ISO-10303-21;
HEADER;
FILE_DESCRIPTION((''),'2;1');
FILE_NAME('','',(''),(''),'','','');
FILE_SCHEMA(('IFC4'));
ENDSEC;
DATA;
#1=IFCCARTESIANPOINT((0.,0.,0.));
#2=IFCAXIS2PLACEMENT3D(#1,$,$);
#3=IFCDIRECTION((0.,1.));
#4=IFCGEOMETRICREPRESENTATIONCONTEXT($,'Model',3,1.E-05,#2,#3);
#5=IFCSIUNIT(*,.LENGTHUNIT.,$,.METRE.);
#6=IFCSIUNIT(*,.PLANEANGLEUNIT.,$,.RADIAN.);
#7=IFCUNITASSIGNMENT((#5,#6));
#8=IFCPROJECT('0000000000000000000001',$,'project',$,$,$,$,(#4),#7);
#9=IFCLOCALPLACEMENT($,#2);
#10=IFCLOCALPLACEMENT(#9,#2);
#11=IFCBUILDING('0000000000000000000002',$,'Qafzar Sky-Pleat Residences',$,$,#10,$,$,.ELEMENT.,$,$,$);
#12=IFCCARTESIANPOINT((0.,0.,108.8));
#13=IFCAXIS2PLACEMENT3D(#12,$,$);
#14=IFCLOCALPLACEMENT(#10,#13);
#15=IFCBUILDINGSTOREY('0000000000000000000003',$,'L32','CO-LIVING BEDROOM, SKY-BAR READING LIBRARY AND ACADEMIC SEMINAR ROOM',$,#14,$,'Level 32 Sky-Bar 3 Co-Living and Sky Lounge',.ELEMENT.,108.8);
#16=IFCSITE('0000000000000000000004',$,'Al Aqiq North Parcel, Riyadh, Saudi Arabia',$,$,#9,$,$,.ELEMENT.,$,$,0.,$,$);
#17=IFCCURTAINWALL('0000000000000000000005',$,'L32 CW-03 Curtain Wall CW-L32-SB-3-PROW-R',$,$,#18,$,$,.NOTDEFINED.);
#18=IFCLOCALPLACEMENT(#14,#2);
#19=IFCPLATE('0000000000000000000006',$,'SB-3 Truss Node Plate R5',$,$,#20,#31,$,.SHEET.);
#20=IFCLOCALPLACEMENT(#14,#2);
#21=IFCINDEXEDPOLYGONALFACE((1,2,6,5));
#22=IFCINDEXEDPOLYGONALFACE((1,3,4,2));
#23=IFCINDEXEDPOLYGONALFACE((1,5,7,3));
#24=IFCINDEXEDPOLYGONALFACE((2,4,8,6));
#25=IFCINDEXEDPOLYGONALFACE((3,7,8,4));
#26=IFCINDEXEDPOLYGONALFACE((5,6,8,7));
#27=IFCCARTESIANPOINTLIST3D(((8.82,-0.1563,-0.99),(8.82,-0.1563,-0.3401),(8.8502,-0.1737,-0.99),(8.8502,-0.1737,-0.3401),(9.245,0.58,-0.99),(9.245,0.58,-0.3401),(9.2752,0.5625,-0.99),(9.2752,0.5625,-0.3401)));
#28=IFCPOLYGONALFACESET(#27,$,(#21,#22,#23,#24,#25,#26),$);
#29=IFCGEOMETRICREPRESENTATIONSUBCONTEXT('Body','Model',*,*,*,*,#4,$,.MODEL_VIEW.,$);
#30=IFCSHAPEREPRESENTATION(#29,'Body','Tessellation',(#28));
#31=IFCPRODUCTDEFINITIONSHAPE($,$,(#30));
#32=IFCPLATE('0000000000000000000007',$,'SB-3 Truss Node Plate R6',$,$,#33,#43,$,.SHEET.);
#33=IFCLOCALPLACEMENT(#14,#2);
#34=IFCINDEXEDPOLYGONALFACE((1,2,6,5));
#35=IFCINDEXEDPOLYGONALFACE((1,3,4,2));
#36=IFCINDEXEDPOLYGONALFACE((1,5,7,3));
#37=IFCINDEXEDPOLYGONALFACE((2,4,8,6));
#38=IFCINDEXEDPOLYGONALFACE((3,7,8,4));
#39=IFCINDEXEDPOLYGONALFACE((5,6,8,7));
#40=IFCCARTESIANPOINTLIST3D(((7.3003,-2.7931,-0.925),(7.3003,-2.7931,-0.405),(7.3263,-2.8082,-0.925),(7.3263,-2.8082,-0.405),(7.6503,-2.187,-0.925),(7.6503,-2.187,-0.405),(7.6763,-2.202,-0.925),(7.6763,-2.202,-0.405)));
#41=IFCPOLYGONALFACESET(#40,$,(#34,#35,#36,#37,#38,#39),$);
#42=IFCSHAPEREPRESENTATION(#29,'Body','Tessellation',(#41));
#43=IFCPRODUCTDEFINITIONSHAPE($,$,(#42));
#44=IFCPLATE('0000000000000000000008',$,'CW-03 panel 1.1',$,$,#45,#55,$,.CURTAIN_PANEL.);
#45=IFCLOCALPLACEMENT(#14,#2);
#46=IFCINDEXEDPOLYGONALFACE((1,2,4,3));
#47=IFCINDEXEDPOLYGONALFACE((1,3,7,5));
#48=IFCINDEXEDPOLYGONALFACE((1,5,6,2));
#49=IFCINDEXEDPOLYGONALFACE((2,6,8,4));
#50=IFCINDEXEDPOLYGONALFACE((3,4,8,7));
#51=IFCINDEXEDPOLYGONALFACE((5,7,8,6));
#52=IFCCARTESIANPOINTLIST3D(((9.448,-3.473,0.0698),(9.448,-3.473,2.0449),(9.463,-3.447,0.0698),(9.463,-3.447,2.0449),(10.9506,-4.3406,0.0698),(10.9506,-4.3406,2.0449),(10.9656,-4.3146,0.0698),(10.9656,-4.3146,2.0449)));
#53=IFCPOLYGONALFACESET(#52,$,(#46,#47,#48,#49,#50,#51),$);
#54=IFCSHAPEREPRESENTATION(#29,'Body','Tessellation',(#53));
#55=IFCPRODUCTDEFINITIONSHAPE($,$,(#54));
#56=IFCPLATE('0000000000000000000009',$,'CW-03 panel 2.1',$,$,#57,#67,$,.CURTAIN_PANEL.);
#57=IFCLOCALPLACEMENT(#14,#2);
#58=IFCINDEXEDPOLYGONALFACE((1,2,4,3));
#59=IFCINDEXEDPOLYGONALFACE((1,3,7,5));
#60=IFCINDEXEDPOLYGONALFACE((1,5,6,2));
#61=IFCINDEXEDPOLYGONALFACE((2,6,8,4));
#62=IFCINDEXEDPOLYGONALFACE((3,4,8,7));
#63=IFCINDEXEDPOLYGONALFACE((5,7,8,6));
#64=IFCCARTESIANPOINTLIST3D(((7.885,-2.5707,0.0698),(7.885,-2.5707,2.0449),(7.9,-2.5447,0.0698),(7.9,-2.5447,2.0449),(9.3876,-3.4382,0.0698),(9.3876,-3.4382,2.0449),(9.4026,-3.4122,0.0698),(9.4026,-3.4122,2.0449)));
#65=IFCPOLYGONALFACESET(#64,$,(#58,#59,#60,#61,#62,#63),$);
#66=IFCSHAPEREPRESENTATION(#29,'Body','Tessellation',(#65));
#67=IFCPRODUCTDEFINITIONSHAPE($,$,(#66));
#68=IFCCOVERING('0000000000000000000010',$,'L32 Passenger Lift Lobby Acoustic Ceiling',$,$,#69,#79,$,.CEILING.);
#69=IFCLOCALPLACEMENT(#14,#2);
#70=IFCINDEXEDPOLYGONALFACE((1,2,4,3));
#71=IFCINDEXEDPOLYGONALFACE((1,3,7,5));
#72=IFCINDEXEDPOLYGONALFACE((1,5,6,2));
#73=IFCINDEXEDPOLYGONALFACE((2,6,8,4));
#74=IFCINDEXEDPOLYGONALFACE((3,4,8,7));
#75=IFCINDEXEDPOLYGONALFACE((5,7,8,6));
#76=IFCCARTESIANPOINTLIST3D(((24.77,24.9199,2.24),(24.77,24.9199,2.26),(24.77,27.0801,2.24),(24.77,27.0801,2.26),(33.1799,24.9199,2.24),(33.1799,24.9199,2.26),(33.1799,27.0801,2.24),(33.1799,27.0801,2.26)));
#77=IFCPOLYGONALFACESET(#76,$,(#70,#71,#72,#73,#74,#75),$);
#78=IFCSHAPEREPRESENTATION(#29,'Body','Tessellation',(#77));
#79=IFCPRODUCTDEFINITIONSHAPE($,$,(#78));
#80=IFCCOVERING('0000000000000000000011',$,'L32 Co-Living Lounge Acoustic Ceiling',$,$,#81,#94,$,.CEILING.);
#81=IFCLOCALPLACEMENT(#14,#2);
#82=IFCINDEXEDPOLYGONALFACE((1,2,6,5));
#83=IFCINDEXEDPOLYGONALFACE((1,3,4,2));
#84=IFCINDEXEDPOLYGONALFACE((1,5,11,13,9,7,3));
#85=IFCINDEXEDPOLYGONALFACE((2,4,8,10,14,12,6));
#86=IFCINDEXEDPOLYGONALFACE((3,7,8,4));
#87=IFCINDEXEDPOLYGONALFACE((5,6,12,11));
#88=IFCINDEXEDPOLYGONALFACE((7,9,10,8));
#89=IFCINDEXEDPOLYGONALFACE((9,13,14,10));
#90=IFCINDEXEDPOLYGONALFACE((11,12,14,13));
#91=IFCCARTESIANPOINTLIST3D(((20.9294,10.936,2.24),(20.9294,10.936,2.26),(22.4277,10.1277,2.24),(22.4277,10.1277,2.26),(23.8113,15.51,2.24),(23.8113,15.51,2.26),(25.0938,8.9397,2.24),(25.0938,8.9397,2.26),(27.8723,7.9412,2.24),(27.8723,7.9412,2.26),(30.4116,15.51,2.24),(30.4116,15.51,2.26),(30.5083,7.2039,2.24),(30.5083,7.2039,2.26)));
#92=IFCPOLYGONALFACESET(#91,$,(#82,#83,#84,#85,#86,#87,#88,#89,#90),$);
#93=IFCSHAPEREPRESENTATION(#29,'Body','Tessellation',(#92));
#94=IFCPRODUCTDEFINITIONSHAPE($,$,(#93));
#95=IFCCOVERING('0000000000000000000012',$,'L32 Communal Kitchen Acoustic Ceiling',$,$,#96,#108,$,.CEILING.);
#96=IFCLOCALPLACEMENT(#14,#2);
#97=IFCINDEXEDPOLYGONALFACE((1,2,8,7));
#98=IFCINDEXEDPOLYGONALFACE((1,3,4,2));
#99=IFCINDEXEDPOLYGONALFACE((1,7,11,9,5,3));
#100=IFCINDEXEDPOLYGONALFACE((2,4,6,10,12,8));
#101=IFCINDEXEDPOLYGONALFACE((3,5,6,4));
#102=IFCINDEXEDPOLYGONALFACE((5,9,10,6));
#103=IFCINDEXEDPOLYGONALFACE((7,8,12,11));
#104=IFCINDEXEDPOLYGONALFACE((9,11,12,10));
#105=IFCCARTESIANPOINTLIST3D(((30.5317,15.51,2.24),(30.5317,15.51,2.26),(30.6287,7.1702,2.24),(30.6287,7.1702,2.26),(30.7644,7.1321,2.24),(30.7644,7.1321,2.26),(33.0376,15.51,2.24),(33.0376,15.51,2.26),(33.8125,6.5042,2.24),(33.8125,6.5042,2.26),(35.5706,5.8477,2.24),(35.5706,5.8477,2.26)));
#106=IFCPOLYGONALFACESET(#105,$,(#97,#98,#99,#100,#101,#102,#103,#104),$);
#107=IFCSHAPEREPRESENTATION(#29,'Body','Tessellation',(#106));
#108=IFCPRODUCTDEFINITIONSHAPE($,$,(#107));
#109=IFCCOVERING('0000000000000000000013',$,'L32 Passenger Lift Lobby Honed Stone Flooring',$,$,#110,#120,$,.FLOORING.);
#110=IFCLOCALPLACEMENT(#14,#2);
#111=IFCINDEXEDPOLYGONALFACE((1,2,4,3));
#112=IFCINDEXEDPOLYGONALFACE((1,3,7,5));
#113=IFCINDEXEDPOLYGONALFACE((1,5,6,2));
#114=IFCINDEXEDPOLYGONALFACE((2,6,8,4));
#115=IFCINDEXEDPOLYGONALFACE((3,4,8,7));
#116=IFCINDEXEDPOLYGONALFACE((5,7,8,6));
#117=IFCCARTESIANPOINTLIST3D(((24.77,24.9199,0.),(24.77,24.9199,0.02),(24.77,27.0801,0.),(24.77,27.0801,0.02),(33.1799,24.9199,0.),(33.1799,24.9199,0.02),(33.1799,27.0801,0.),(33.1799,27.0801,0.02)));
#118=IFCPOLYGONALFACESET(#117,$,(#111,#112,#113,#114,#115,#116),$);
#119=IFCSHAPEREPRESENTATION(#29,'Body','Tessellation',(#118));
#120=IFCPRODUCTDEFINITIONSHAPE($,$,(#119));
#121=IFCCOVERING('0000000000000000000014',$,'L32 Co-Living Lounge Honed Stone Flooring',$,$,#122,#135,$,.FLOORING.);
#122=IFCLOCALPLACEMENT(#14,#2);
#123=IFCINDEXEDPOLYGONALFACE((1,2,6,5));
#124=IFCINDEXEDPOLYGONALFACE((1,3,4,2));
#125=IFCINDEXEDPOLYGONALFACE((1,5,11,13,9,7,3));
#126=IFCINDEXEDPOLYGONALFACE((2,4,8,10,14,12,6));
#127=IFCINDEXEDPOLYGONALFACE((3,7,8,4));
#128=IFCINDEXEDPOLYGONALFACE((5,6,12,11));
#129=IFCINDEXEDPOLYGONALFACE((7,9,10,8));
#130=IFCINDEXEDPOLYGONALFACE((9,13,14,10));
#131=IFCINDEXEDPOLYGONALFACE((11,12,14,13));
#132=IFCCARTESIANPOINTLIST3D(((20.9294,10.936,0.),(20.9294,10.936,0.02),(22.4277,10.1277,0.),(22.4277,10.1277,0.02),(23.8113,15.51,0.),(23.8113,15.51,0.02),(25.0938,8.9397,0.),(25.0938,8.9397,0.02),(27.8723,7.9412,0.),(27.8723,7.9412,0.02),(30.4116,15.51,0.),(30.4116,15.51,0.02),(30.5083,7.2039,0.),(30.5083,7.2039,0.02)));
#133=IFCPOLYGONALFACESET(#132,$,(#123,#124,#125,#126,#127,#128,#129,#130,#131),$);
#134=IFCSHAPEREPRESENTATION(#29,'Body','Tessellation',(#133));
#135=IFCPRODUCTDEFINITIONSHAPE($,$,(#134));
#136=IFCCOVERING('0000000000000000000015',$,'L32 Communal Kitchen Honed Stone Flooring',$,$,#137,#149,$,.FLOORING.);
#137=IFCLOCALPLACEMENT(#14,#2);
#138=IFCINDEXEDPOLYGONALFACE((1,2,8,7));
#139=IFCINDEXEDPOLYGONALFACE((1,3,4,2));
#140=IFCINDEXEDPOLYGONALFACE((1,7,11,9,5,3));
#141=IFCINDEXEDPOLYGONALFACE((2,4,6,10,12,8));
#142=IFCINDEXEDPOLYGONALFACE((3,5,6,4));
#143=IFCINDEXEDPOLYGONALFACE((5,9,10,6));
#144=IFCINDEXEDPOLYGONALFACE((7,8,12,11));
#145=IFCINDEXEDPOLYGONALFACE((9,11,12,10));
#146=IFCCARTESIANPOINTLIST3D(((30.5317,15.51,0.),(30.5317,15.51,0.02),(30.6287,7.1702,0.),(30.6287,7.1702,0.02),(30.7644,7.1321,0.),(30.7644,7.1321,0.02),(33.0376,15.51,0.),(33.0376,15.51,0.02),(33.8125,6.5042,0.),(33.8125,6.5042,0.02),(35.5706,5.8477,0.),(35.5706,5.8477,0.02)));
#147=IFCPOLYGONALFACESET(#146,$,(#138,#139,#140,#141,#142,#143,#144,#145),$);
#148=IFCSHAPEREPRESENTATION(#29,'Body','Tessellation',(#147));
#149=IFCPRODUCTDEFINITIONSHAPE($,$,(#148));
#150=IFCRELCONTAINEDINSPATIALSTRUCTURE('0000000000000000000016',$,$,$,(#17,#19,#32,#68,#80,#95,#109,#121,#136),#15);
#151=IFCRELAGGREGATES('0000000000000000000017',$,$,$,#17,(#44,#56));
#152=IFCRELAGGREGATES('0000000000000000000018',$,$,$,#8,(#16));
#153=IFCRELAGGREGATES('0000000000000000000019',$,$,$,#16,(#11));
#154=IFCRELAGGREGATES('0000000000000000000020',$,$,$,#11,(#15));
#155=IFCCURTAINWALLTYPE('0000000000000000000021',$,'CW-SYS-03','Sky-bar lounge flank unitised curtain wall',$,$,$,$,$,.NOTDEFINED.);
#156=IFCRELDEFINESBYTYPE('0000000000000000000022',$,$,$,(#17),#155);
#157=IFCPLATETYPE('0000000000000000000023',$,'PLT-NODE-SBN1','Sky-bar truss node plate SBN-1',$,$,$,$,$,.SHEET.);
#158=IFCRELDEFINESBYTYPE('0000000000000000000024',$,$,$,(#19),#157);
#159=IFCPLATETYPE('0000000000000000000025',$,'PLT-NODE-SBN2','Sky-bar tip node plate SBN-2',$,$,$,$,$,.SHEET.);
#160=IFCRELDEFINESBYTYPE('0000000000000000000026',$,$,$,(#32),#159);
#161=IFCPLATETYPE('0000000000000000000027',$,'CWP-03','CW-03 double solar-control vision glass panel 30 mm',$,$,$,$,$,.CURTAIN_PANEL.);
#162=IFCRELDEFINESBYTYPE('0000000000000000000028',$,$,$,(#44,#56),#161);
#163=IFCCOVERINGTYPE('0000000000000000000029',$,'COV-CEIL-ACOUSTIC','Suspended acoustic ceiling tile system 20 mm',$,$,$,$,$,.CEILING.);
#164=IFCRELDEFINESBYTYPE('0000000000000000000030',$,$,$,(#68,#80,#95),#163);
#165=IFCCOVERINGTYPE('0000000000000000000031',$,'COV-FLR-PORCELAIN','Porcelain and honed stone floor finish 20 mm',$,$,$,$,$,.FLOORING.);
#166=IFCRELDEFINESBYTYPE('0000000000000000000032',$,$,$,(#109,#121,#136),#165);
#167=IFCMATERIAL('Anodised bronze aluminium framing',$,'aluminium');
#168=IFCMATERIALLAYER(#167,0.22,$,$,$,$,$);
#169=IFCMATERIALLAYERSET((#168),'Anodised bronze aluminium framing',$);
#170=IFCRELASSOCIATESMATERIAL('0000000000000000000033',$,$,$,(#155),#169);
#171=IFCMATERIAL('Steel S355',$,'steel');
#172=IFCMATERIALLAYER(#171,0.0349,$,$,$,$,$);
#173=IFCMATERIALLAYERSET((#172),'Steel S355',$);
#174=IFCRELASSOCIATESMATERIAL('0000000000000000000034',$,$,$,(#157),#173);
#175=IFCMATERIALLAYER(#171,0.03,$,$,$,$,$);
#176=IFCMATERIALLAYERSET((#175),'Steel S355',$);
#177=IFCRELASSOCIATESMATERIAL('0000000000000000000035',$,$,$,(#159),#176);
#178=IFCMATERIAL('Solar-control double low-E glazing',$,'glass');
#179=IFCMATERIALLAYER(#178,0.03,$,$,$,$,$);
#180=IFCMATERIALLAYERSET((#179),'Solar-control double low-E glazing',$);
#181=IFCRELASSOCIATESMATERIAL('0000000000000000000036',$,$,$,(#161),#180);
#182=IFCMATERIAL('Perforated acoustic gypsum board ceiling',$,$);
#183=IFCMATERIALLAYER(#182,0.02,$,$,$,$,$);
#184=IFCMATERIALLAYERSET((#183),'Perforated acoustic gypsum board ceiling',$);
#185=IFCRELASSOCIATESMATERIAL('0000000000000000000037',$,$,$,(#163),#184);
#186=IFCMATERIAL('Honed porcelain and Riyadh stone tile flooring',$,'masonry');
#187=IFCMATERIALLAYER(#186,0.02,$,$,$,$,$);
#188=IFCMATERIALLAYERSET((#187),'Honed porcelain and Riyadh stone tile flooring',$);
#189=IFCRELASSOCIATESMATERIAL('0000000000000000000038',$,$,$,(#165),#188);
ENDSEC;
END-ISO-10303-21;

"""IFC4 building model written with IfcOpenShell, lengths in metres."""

from ifc_helpers import new_model, si_unit, direction, frame, origin, origin_2d, place, context, subcontext, project, spatial, polyline, rectangle, outline, extrude, source, transform, mapped, material, layer, layer_set, type_object, element, aggregate, save


model = new_model("IFC4")

# Units and contexts
model_context = context("Model", 3, precision=1e-05, world=origin(), true_north=direction((0.0, 1.0)))
body_context = subcontext(model_context, "Body", "Model", "MODEL_VIEW")
ifc_project = project(units=[si_unit("LENGTHUNIT", "METRE"), si_unit("PLANEANGLEUNIT", "RADIAN")], contexts=[model_context])

# Site, building, storey
site_placement = place(None, origin())
site = spatial("IfcSite", under=ifc_project, at=site_placement, Name="Al Aqiq North Parcel, Riyadh, Saudi Arabia", CompositionType="ELEMENT", RefElevation=0.0)
building_placement = place(site_placement, origin())
building = spatial("IfcBuilding", under=site, at=building_placement, Name="Qafzar Sky-Pleat Residences", CompositionType="ELEMENT")
storey_placement = place(building_placement, frame((0.0, 0.0, 108.8)))
storey = spatial("IfcBuildingStorey", under=building, at=storey_placement, Name="L32", Description="CO-LIVING BEDROOM, SKY-BAR READING LIBRARY AND ACADEMIC SEMINAR ROOM", LongName="Level 32 Sky-Bar 3 Co-Living and Sky Lounge", CompositionType="ELEMENT", Elevation=108.8)

# Curtain wall
ifc_material_1 = material(Name="Anodised bronze aluminium framing", Category="aluminium")
ifc_layer_1 = layer(ifc_material_1, 0.22)
ifc_layer_set_1 = layer_set([ifc_layer_1], Name="Anodised bronze aluminium framing")
curtain_wall_type = type_object("IfcCurtainWallType", Name="CW-SYS-03", Description="Sky-bar lounge flank unitised curtain wall", PredefinedType="NOTDEFINED", material=ifc_layer_set_1)
curtain_wall_placement = place(storey_placement, origin())
curtain_wall = element("IfcCurtainWall", 1, at=curtain_wall_placement, inside=storey, type_object=curtain_wall_type, Name="L32 CW-03 Curtain Wall CW-L32-SB-3-PROW-R", PredefinedType="NOTDEFINED")

# Plates
ifc_material_2 = material(Name="Steel S355", Category="steel")
ifc_layer_2 = layer(ifc_material_2, 0.0349)
ifc_layer_set_2 = layer_set([ifc_layer_2], Name="Steel S355")
plate_type_1 = type_object("IfcPlateType", Name="PLT-NODE-SBN1", Description="Sky-bar truss node plate SBN-1", PredefinedType="SHEET", material=ifc_layer_set_2)
shared_shape_1 = source(origin(), body_context, "Body", "SweptSolid", [
    extrude(rectangle(XDim=0.8501, YDim=0.0349, at=origin_2d()), origin(), (0.0, 0.0, 1.0), 0.6499),
])
plate_1_placement = place(storey_placement, frame((9.0476, 0.2031, -0.99), z_axis=(0.0, 0.0, 1.0), x_axis=(-0.5, -0.866025, 0.0)))
element("IfcPlate", 2, at=plate_1_placement, inside=storey, type_object=plate_type_1, Name="SB-3 Truss Node Plate R5", PredefinedType="SHEET", context=body_context, shape_type="MappedRepresentation", body=[
    mapped(shared_shape_1, transform((0.0, 0.0, 0.0), x_axis=(1.0, 0.0, 0.0), y_axis=(0.0, 1.0, 0.0), z_axis=(0.0, 0.0, 1.0), scale=1.0)),
])
ifc_layer_3 = layer(ifc_material_2, 0.03)
ifc_layer_set_3 = layer_set([ifc_layer_3], Name="Steel S355")
plate_type_2 = type_object("IfcPlateType", Name="PLT-NODE-SBN2", Description="Sky-bar tip node plate SBN-2", PredefinedType="SHEET", material=ifc_layer_set_3)
shared_shape_2 = source(origin(), body_context, "Body", "SweptSolid", [
    extrude(rectangle(XDim=0.7, YDim=0.03, at=origin_2d()), origin(), (0.0, 0.0, 1.0), 0.52),
])
plate_2_placement = place(storey_placement, frame((7.4883, -2.4976, -0.925), z_axis=(0.0, 0.0, 1.0), x_axis=(-0.5, -0.866025, 0.0)))
element("IfcPlate", 3, at=plate_2_placement, inside=storey, type_object=plate_type_2, Name="SB-3 Truss Node Plate R6", PredefinedType="SHEET", context=body_context, shape_type="MappedRepresentation", body=[
    mapped(shared_shape_2, transform((0.0, 0.0, 0.0), x_axis=(1.0, 0.0, 0.0), y_axis=(0.0, 1.0, 0.0), z_axis=(0.0, 0.0, 1.0), scale=1.0)),
])

# Plates
ifc_material_3 = material(Name="Solar-control double low-E glazing", Category="glass")
ifc_layer_4 = layer(ifc_material_3, 0.03)
ifc_layer_set_4 = layer_set([ifc_layer_4], Name="Solar-control double low-E glazing")
plate_type_3 = type_object("IfcPlateType", Name="CWP-03", Description="CW-03 double solar-control vision glass panel 30 mm", PredefinedType="CURTAIN_PANEL", material=ifc_layer_set_4)
shared_shape_3 = source(origin(), body_context, "Body", "SweptSolid", [
    extrude(rectangle(XDim=1.7351, YDim=0.03, at=origin_2d()), origin(), (0.0, 0.0, 1.0), 1.9751),
])
plate_3_placement = place(storey_placement, frame((10.2068, -3.8938, 0.0698), z_axis=(0.0, 0.0, 1.0), x_axis=(-0.866027, 0.499997, 0.0)))
plate_3 = element("IfcPlate", 4, at=plate_3_placement, type_object=plate_type_3, Name="CW-03 panel 1.1", PredefinedType="CURTAIN_PANEL", context=body_context, shape_type="MappedRepresentation", body=[
    mapped(shared_shape_3, transform((0.0, 0.0, 0.0), x_axis=(1.0, 0.0, 0.0), y_axis=(0.0, 1.0, 0.0), z_axis=(0.0, 0.0, 1.0), scale=1.0)),
])
plate_4_placement = place(storey_placement, frame((8.6438, -2.9915, 0.0698), z_axis=(0.0, 0.0, 1.0), x_axis=(-0.866027, 0.499997, 0.0)))
plate_4 = element("IfcPlate", 5, at=plate_4_placement, type_object=plate_type_3, Name="CW-03 panel 2.1", PredefinedType="CURTAIN_PANEL", context=body_context, shape_type="MappedRepresentation", body=[
    mapped(shared_shape_3, transform((0.0, 0.0, 0.0), x_axis=(1.0, 0.0, 0.0), y_axis=(0.0, 1.0, 0.0), z_axis=(0.0, 0.0, 1.0), scale=1.0)),
])
aggregate(curtain_wall, [plate_3, plate_4])

# Coverings
ifc_material_4 = material(Name="Perforated acoustic gypsum board ceiling")
ifc_layer_5 = layer(ifc_material_4, 0.02)
ifc_layer_set_5 = layer_set([ifc_layer_5], Name="Perforated acoustic gypsum board ceiling")
covering_type_1 = type_object("IfcCoveringType", Name="COV-CEIL-ACOUSTIC", Description="Suspended acoustic ceiling tile system 20 mm", PredefinedType="CEILING", material=ifc_layer_set_5)
covering_1_placement = place(storey_placement, frame((0.0, 0.0, 2.24)))
element("IfcCovering", 6, at=covering_1_placement, inside=storey, type_object=covering_type_1, Name="L32 Passenger Lift Lobby Acoustic Ceiling", PredefinedType="CEILING", context=body_context, shape_type="SweptSolid", body=[
    extrude(outline(polyline([(33.1799, 24.9199), (24.77, 24.9199), (24.77, 27.0801), (33.1799, 27.0801), (33.1799, 24.9199)])), origin(), (0.0, 0.0, 1.0), 0.02),
])
covering_2_placement = place(storey_placement, frame((0.0, 0.0, 2.24)))
element("IfcCovering", 7, at=covering_2_placement, inside=storey, type_object=covering_type_1, Name="L32 Co-Living Lounge Acoustic Ceiling", PredefinedType="CEILING", context=body_context, shape_type="SweptSolid", body=[
    extrude(outline(polyline([(27.8723, 7.9412), (25.0938, 8.9397), (22.4277, 10.1277), (20.9294, 10.936), (23.8113, 15.51), (30.4116, 15.51), (30.5083, 7.2039), (27.8723, 7.9412)])), origin(), (0.0, 0.0, 1.0), 0.02),
])
covering_3_placement = place(storey_placement, frame((0.0, 0.0, 2.24)))
element("IfcCovering", 8, at=covering_3_placement, inside=storey, type_object=covering_type_1, Name="L32 Communal Kitchen Acoustic Ceiling", PredefinedType="CEILING", context=body_context, shape_type="SweptSolid", body=[
    extrude(outline(polyline([(33.8125, 6.5042), (30.7644, 7.1321), (30.6287, 7.1702), (30.5317, 15.51), (33.0376, 15.51), (35.5706, 5.8477), (33.8125, 6.5042)])), origin(), (0.0, 0.0, 1.0), 0.02),
])
ifc_material_5 = material(Name="Honed porcelain and Riyadh stone tile flooring", Category="masonry")
ifc_layer_6 = layer(ifc_material_5, 0.02)
ifc_layer_set_6 = layer_set([ifc_layer_6], Name="Honed porcelain and Riyadh stone tile flooring")
covering_type_2 = type_object("IfcCoveringType", Name="COV-FLR-PORCELAIN", Description="Porcelain and honed stone floor finish 20 mm", PredefinedType="FLOORING", material=ifc_layer_set_6)
covering_4_placement = place(storey_placement, origin())
element("IfcCovering", 9, at=covering_4_placement, inside=storey, type_object=covering_type_2, Name="L32 Passenger Lift Lobby Honed Stone Flooring", PredefinedType="FLOORING", context=body_context, shape_type="SweptSolid", body=[
    extrude(outline(polyline([(33.1799, 24.9199), (24.77, 24.9199), (24.77, 27.0801), (33.1799, 27.0801), (33.1799, 24.9199)])), origin(), (0.0, 0.0, 1.0), 0.02),
])
covering_5_placement = place(storey_placement, origin())
element("IfcCovering", 10, at=covering_5_placement, inside=storey, type_object=covering_type_2, Name="L32 Co-Living Lounge Honed Stone Flooring", PredefinedType="FLOORING", context=body_context, shape_type="SweptSolid", body=[
    extrude(outline(polyline([(27.8723, 7.9412), (25.0938, 8.9397), (22.4277, 10.1277), (20.9294, 10.936), (23.8113, 15.51), (30.4116, 15.51), (30.5083, 7.2039), (27.8723, 7.9412)])), origin(), (0.0, 0.0, 1.0), 0.02),
])
covering_6_placement = place(storey_placement, origin())
element("IfcCovering", 11, at=covering_6_placement, inside=storey, type_object=covering_type_2, Name="L32 Communal Kitchen Honed Stone Flooring", PredefinedType="FLOORING", context=body_context, shape_type="SweptSolid", body=[
    extrude(outline(polyline([(33.8125, 6.5042), (30.7644, 7.1321), (30.6287, 7.1702), (30.5317, 15.51), (33.0376, 15.51), (35.5706, 5.8477), (33.8125, 6.5042)])), origin(), (0.0, 0.0, 1.0), 0.02),
])

save(model, "model.ifc")
